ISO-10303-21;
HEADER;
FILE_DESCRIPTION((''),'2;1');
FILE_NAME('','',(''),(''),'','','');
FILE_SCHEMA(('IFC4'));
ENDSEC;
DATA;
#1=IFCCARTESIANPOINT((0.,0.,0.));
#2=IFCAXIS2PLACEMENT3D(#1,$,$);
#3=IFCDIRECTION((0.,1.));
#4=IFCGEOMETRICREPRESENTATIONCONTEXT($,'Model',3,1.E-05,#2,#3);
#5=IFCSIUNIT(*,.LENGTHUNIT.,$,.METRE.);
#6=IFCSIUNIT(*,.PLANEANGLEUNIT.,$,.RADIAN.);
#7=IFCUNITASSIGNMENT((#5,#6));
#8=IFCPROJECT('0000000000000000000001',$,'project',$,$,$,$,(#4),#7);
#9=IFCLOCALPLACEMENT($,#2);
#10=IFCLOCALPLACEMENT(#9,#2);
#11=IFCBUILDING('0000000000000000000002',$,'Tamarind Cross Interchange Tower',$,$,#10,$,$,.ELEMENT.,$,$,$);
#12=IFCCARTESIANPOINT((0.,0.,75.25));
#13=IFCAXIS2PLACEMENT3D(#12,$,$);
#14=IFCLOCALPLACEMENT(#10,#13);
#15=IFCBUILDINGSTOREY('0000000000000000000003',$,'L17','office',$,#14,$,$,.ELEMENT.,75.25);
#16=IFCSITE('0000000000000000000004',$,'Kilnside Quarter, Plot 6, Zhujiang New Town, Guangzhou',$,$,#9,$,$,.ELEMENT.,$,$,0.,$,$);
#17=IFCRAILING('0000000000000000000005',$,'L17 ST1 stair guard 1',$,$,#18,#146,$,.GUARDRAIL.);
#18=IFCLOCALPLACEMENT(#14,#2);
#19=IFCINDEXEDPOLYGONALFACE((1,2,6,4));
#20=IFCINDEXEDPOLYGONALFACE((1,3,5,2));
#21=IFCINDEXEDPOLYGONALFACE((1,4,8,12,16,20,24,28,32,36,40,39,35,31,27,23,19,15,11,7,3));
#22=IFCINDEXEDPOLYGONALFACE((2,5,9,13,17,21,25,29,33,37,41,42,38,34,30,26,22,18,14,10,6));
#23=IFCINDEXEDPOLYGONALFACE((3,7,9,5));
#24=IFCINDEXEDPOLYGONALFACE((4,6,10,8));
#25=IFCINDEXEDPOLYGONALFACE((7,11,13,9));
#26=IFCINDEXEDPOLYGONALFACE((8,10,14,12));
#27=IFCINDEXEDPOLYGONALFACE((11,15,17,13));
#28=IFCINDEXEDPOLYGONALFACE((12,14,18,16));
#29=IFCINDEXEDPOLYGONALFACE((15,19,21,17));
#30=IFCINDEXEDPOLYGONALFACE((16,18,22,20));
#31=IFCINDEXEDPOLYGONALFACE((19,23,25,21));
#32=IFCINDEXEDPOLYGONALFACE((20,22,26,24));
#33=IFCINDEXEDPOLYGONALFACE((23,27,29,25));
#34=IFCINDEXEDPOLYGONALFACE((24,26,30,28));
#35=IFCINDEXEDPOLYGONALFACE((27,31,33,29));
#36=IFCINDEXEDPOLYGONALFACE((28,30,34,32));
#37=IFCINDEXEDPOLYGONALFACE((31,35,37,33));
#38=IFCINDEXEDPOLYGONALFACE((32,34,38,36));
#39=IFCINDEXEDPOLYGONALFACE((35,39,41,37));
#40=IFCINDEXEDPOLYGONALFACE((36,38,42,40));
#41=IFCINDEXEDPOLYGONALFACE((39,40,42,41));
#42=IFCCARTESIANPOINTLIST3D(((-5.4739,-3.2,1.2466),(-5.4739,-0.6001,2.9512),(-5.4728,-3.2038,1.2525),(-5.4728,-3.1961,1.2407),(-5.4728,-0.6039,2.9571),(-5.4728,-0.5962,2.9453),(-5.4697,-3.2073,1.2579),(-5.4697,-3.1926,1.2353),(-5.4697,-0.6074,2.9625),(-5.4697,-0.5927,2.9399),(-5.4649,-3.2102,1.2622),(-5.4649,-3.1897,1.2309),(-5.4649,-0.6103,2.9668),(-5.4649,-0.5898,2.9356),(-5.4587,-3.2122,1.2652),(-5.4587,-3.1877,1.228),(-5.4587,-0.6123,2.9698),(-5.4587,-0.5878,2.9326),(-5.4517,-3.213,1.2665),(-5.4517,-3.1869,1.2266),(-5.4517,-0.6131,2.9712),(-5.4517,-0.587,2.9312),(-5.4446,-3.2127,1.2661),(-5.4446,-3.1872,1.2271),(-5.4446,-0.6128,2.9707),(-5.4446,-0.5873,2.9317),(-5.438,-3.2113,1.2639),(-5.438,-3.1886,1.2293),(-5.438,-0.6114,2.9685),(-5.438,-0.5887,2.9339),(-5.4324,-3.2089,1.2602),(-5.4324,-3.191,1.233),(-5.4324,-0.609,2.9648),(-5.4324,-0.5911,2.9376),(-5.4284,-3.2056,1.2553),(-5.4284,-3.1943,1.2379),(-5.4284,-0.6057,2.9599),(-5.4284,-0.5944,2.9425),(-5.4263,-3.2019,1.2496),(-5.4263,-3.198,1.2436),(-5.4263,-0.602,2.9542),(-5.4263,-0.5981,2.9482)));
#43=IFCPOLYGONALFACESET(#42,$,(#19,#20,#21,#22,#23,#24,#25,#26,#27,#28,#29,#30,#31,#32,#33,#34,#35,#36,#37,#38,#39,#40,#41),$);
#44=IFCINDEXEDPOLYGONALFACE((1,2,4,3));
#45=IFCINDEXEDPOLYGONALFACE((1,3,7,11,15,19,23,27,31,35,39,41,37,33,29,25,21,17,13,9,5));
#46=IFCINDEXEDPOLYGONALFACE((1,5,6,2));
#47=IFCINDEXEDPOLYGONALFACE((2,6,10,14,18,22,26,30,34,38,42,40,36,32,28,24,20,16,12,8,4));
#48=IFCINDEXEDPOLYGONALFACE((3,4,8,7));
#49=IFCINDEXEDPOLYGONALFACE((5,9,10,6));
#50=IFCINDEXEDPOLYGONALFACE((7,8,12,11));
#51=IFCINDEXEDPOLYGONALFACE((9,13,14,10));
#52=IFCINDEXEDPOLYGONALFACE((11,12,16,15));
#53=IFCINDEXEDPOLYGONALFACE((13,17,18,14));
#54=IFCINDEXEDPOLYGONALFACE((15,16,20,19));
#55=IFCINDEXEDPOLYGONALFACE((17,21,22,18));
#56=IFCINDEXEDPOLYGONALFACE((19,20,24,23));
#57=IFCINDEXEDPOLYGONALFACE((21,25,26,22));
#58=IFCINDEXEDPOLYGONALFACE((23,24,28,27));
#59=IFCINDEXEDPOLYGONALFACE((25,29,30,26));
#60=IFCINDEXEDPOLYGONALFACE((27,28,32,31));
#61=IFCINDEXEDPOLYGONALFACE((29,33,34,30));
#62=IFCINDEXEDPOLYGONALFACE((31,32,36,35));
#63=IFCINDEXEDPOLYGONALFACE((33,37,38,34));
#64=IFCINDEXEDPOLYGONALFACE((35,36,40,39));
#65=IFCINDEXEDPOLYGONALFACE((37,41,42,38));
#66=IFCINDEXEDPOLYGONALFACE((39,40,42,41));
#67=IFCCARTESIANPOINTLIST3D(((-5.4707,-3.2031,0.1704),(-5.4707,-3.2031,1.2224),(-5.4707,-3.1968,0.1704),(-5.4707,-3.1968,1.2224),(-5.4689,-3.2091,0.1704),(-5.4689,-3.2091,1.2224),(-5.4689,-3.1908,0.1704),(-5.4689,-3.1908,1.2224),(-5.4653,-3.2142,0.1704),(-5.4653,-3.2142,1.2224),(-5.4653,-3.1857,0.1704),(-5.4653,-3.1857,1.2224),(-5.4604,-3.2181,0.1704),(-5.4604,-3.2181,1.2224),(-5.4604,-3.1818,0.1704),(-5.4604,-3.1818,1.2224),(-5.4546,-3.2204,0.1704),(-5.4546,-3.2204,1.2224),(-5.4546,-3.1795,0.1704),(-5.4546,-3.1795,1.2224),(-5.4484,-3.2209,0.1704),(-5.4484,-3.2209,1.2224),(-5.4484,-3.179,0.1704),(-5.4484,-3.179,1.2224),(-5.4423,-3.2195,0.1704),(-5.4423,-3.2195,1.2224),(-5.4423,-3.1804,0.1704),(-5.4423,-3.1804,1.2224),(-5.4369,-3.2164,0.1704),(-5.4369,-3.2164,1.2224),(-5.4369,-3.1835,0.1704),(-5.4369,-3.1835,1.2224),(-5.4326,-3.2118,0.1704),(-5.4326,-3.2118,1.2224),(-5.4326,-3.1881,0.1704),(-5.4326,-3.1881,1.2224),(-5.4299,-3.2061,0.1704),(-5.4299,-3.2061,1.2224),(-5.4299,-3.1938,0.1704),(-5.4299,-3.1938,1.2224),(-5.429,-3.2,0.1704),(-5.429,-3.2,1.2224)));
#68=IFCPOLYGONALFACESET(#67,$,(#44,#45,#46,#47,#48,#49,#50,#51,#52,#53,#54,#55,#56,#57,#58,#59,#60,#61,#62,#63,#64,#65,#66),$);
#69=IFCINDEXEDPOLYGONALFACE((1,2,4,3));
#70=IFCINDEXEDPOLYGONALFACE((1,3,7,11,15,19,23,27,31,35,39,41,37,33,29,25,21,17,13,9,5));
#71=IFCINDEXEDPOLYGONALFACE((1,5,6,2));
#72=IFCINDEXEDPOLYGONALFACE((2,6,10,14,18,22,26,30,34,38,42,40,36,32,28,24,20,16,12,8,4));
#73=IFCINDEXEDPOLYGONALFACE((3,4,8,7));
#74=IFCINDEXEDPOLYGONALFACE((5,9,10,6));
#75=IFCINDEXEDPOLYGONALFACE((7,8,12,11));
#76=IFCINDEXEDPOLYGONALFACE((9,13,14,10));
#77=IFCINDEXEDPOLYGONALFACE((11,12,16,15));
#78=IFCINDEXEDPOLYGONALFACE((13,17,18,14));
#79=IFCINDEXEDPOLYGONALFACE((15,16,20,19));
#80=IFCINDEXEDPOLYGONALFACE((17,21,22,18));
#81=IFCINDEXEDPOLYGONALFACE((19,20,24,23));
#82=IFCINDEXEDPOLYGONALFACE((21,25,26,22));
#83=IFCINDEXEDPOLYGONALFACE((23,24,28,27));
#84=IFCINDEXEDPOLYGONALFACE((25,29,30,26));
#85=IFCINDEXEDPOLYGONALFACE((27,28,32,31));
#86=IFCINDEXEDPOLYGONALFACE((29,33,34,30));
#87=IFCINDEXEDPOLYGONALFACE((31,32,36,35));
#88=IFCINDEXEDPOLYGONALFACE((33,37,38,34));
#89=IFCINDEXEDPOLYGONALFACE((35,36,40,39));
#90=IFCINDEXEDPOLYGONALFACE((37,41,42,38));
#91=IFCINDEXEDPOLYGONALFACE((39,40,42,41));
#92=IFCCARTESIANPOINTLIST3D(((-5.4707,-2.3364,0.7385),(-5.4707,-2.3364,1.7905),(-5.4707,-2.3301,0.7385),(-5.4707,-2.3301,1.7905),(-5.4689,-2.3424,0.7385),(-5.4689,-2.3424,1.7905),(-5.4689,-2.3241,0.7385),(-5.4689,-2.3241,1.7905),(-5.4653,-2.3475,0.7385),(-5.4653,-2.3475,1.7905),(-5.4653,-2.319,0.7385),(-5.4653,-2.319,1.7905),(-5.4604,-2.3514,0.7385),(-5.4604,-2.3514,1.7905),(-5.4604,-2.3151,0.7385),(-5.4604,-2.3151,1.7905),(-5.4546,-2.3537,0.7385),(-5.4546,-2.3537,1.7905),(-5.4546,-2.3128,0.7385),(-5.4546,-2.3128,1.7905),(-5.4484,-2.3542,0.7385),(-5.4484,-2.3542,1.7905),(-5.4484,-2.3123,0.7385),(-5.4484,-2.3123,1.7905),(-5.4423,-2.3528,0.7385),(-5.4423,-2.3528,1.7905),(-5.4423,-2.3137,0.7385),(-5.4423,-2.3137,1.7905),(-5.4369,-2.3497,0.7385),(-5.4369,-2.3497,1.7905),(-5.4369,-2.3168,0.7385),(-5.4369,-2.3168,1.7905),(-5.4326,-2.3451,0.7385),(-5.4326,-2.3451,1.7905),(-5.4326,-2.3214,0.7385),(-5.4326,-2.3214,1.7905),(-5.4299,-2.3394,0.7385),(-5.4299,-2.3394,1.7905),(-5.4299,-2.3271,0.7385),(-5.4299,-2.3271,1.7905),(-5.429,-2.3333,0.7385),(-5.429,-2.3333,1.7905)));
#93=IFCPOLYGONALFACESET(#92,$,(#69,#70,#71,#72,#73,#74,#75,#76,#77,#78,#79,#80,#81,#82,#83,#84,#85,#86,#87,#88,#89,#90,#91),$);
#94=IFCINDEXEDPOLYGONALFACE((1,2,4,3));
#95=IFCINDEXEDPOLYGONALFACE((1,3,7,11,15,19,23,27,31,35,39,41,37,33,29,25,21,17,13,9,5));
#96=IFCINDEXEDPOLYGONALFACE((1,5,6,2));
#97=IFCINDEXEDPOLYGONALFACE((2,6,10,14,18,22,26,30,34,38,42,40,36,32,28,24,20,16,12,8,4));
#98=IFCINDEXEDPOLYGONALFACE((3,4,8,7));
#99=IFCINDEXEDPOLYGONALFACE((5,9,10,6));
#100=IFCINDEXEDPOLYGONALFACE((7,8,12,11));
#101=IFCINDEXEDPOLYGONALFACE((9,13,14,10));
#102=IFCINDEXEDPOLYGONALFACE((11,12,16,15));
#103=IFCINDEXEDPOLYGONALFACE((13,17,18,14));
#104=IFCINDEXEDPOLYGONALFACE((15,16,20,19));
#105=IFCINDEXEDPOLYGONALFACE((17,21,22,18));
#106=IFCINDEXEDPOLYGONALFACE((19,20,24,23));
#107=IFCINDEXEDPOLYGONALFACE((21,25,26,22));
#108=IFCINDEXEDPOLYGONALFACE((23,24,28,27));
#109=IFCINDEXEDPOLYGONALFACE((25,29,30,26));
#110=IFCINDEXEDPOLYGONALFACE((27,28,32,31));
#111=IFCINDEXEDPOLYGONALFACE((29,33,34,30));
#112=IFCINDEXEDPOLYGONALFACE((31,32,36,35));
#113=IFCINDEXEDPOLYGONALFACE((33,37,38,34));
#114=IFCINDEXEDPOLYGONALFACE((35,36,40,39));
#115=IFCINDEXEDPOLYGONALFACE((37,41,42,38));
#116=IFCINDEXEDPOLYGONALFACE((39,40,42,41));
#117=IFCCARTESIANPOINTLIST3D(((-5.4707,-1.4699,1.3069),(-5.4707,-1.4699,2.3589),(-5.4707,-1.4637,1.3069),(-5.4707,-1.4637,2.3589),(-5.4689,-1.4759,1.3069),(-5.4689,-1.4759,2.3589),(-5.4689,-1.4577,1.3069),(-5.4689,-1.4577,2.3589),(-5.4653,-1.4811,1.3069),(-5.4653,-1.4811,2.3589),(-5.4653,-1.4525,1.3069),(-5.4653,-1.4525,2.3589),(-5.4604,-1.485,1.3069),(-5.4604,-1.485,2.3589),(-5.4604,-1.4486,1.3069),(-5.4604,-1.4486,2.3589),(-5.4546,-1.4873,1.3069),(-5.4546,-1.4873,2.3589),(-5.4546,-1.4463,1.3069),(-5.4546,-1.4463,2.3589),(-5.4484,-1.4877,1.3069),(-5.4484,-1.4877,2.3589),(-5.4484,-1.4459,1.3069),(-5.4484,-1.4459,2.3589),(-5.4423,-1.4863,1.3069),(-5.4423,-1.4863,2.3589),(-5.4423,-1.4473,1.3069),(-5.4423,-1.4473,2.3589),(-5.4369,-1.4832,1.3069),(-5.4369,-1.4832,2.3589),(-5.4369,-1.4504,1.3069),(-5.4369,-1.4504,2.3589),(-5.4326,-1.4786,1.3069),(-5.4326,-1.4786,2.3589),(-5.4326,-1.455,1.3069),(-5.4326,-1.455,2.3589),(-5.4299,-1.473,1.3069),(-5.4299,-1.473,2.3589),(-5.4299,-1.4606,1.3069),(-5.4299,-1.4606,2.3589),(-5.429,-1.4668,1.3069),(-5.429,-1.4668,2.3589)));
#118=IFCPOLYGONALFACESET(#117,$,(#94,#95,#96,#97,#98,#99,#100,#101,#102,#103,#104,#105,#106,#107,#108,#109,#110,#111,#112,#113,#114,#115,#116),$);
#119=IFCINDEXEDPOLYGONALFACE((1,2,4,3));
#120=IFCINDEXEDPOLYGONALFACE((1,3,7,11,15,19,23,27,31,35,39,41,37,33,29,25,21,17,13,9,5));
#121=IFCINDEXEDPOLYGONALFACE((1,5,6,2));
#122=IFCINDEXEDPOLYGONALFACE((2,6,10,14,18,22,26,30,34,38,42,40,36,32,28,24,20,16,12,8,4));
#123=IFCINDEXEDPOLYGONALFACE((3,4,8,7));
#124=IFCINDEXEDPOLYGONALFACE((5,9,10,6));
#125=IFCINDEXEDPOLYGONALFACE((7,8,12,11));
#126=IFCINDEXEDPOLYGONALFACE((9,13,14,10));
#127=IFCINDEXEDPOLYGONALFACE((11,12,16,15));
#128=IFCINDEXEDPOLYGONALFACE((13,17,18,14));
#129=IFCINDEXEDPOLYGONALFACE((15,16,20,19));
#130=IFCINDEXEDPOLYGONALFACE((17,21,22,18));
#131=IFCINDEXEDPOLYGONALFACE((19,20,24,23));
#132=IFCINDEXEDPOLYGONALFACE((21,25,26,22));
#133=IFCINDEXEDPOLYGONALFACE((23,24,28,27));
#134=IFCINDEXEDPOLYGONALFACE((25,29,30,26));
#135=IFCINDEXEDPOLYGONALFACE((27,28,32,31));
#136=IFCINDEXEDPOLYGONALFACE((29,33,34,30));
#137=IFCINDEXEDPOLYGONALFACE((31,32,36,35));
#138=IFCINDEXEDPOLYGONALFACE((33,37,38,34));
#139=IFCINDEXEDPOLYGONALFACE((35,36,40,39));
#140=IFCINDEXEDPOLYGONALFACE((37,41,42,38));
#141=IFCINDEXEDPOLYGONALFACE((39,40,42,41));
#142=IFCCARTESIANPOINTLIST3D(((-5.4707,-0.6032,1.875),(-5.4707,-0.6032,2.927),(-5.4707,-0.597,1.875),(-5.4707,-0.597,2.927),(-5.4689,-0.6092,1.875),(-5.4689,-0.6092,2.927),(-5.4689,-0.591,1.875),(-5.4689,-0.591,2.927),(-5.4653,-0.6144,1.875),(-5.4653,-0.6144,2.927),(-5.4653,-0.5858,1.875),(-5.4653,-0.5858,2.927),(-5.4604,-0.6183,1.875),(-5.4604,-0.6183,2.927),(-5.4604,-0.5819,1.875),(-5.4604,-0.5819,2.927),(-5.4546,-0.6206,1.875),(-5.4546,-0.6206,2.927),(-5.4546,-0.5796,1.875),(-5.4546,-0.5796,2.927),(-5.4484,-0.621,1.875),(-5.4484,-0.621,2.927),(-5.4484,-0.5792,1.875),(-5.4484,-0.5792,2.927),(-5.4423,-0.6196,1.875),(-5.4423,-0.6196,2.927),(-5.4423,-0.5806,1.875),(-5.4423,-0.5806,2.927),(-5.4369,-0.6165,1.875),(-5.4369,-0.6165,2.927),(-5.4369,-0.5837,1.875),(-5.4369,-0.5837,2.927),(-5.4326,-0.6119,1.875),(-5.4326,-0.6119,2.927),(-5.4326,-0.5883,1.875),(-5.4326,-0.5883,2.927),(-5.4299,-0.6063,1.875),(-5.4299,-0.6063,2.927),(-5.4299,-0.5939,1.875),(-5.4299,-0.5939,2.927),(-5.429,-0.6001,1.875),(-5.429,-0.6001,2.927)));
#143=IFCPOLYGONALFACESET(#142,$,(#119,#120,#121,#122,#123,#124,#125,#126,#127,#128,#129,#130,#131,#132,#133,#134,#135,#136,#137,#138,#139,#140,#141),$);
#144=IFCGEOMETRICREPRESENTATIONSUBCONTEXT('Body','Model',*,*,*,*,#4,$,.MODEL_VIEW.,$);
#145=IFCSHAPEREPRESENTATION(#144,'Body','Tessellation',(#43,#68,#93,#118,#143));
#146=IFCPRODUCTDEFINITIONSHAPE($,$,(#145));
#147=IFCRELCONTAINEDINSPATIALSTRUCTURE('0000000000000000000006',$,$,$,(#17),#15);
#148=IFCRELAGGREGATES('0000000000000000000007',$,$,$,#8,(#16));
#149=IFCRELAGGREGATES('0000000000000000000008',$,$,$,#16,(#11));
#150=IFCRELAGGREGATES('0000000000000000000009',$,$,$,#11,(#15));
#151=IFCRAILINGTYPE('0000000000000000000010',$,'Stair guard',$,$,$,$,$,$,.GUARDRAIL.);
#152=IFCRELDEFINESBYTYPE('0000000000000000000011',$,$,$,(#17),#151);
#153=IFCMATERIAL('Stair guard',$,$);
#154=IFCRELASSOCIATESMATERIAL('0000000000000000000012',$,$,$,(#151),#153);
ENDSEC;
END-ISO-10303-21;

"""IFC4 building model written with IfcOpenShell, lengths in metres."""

from ifc_helpers import new_model, si_unit, direction, frame, origin, origin_2d, place, context, subcontext, project, spatial, circle, extrude, material, type_object, element, save


model = new_model("IFC4")

# Units and contexts
model_context = context("Model", 3, precision=1e-05, world=origin(), true_north=direction((0.0, 1.0)))
body_context = subcontext(model_context, "Body", "Model", "MODEL_VIEW")
ifc_project = project(units=[si_unit("LENGTHUNIT", "METRE"), si_unit("PLANEANGLEUNIT", "RADIAN")], contexts=[model_context])

# Site, building, storey
site_placement = place(None, origin())
site = spatial("IfcSite", under=ifc_project, at=site_placement, Name="Kilnside Quarter, Plot 6, Zhujiang New Town, Guangzhou", CompositionType="ELEMENT", RefElevation=0.0)
building_placement = place(site_placement, origin())
building = spatial("IfcBuilding", under=site, at=building_placement, Name="Tamarind Cross Interchange Tower", CompositionType="ELEMENT")
storey_placement = place(building_placement, frame((0.0, 0.0, 75.25)))
storey = spatial("IfcBuildingStorey", under=building, at=storey_placement, Name="L17", Description="office", CompositionType="ELEMENT", Elevation=75.25)

# Railing
ifc_material_1 = material(Name="Stair guard")
railing_type_1 = type_object("IfcRailingType", Name="Stair guard", PredefinedType="GUARDRAIL", material=ifc_material_1)
railing_1_placement = place(storey_placement, frame((-5.45, -3.2, 0.1704)))
element("IfcRailing", 1, at=railing_1_placement, inside=storey, type_object=railing_type_1, Name="L17 ST1 stair guard 1", PredefinedType="GUARDRAIL", context=body_context, shape_type="SweptSolid", body=[
    extrude(circle(Radius=0.0239, at=origin_2d()), frame((0.0, 0.0, 1.0762), z_axis=(0.0, 0.836279, 0.548305), x_axis=(-1.0, 0.0, 0.0)), (0.0, 0.0, 1.0), 3.1089),
    extrude(circle(Radius=0.021, at=origin_2d()), origin(), (0.0, 0.0, 1.0), 1.052),
    extrude(circle(Radius=0.021, at=origin_2d()), frame((0.0, 0.8667, 0.5681)), (0.0, 0.0, 1.0), 1.052),
    extrude(circle(Radius=0.021, at=origin_2d()), frame((0.0, 1.7332, 1.1365)), (0.0, 0.0, 1.0), 1.052),
    extrude(circle(Radius=0.021, at=origin_2d()), frame((0.0, 2.5999, 1.7046)), (0.0, 0.0, 1.0), 1.052),
])

save(model, "model.ifc")
